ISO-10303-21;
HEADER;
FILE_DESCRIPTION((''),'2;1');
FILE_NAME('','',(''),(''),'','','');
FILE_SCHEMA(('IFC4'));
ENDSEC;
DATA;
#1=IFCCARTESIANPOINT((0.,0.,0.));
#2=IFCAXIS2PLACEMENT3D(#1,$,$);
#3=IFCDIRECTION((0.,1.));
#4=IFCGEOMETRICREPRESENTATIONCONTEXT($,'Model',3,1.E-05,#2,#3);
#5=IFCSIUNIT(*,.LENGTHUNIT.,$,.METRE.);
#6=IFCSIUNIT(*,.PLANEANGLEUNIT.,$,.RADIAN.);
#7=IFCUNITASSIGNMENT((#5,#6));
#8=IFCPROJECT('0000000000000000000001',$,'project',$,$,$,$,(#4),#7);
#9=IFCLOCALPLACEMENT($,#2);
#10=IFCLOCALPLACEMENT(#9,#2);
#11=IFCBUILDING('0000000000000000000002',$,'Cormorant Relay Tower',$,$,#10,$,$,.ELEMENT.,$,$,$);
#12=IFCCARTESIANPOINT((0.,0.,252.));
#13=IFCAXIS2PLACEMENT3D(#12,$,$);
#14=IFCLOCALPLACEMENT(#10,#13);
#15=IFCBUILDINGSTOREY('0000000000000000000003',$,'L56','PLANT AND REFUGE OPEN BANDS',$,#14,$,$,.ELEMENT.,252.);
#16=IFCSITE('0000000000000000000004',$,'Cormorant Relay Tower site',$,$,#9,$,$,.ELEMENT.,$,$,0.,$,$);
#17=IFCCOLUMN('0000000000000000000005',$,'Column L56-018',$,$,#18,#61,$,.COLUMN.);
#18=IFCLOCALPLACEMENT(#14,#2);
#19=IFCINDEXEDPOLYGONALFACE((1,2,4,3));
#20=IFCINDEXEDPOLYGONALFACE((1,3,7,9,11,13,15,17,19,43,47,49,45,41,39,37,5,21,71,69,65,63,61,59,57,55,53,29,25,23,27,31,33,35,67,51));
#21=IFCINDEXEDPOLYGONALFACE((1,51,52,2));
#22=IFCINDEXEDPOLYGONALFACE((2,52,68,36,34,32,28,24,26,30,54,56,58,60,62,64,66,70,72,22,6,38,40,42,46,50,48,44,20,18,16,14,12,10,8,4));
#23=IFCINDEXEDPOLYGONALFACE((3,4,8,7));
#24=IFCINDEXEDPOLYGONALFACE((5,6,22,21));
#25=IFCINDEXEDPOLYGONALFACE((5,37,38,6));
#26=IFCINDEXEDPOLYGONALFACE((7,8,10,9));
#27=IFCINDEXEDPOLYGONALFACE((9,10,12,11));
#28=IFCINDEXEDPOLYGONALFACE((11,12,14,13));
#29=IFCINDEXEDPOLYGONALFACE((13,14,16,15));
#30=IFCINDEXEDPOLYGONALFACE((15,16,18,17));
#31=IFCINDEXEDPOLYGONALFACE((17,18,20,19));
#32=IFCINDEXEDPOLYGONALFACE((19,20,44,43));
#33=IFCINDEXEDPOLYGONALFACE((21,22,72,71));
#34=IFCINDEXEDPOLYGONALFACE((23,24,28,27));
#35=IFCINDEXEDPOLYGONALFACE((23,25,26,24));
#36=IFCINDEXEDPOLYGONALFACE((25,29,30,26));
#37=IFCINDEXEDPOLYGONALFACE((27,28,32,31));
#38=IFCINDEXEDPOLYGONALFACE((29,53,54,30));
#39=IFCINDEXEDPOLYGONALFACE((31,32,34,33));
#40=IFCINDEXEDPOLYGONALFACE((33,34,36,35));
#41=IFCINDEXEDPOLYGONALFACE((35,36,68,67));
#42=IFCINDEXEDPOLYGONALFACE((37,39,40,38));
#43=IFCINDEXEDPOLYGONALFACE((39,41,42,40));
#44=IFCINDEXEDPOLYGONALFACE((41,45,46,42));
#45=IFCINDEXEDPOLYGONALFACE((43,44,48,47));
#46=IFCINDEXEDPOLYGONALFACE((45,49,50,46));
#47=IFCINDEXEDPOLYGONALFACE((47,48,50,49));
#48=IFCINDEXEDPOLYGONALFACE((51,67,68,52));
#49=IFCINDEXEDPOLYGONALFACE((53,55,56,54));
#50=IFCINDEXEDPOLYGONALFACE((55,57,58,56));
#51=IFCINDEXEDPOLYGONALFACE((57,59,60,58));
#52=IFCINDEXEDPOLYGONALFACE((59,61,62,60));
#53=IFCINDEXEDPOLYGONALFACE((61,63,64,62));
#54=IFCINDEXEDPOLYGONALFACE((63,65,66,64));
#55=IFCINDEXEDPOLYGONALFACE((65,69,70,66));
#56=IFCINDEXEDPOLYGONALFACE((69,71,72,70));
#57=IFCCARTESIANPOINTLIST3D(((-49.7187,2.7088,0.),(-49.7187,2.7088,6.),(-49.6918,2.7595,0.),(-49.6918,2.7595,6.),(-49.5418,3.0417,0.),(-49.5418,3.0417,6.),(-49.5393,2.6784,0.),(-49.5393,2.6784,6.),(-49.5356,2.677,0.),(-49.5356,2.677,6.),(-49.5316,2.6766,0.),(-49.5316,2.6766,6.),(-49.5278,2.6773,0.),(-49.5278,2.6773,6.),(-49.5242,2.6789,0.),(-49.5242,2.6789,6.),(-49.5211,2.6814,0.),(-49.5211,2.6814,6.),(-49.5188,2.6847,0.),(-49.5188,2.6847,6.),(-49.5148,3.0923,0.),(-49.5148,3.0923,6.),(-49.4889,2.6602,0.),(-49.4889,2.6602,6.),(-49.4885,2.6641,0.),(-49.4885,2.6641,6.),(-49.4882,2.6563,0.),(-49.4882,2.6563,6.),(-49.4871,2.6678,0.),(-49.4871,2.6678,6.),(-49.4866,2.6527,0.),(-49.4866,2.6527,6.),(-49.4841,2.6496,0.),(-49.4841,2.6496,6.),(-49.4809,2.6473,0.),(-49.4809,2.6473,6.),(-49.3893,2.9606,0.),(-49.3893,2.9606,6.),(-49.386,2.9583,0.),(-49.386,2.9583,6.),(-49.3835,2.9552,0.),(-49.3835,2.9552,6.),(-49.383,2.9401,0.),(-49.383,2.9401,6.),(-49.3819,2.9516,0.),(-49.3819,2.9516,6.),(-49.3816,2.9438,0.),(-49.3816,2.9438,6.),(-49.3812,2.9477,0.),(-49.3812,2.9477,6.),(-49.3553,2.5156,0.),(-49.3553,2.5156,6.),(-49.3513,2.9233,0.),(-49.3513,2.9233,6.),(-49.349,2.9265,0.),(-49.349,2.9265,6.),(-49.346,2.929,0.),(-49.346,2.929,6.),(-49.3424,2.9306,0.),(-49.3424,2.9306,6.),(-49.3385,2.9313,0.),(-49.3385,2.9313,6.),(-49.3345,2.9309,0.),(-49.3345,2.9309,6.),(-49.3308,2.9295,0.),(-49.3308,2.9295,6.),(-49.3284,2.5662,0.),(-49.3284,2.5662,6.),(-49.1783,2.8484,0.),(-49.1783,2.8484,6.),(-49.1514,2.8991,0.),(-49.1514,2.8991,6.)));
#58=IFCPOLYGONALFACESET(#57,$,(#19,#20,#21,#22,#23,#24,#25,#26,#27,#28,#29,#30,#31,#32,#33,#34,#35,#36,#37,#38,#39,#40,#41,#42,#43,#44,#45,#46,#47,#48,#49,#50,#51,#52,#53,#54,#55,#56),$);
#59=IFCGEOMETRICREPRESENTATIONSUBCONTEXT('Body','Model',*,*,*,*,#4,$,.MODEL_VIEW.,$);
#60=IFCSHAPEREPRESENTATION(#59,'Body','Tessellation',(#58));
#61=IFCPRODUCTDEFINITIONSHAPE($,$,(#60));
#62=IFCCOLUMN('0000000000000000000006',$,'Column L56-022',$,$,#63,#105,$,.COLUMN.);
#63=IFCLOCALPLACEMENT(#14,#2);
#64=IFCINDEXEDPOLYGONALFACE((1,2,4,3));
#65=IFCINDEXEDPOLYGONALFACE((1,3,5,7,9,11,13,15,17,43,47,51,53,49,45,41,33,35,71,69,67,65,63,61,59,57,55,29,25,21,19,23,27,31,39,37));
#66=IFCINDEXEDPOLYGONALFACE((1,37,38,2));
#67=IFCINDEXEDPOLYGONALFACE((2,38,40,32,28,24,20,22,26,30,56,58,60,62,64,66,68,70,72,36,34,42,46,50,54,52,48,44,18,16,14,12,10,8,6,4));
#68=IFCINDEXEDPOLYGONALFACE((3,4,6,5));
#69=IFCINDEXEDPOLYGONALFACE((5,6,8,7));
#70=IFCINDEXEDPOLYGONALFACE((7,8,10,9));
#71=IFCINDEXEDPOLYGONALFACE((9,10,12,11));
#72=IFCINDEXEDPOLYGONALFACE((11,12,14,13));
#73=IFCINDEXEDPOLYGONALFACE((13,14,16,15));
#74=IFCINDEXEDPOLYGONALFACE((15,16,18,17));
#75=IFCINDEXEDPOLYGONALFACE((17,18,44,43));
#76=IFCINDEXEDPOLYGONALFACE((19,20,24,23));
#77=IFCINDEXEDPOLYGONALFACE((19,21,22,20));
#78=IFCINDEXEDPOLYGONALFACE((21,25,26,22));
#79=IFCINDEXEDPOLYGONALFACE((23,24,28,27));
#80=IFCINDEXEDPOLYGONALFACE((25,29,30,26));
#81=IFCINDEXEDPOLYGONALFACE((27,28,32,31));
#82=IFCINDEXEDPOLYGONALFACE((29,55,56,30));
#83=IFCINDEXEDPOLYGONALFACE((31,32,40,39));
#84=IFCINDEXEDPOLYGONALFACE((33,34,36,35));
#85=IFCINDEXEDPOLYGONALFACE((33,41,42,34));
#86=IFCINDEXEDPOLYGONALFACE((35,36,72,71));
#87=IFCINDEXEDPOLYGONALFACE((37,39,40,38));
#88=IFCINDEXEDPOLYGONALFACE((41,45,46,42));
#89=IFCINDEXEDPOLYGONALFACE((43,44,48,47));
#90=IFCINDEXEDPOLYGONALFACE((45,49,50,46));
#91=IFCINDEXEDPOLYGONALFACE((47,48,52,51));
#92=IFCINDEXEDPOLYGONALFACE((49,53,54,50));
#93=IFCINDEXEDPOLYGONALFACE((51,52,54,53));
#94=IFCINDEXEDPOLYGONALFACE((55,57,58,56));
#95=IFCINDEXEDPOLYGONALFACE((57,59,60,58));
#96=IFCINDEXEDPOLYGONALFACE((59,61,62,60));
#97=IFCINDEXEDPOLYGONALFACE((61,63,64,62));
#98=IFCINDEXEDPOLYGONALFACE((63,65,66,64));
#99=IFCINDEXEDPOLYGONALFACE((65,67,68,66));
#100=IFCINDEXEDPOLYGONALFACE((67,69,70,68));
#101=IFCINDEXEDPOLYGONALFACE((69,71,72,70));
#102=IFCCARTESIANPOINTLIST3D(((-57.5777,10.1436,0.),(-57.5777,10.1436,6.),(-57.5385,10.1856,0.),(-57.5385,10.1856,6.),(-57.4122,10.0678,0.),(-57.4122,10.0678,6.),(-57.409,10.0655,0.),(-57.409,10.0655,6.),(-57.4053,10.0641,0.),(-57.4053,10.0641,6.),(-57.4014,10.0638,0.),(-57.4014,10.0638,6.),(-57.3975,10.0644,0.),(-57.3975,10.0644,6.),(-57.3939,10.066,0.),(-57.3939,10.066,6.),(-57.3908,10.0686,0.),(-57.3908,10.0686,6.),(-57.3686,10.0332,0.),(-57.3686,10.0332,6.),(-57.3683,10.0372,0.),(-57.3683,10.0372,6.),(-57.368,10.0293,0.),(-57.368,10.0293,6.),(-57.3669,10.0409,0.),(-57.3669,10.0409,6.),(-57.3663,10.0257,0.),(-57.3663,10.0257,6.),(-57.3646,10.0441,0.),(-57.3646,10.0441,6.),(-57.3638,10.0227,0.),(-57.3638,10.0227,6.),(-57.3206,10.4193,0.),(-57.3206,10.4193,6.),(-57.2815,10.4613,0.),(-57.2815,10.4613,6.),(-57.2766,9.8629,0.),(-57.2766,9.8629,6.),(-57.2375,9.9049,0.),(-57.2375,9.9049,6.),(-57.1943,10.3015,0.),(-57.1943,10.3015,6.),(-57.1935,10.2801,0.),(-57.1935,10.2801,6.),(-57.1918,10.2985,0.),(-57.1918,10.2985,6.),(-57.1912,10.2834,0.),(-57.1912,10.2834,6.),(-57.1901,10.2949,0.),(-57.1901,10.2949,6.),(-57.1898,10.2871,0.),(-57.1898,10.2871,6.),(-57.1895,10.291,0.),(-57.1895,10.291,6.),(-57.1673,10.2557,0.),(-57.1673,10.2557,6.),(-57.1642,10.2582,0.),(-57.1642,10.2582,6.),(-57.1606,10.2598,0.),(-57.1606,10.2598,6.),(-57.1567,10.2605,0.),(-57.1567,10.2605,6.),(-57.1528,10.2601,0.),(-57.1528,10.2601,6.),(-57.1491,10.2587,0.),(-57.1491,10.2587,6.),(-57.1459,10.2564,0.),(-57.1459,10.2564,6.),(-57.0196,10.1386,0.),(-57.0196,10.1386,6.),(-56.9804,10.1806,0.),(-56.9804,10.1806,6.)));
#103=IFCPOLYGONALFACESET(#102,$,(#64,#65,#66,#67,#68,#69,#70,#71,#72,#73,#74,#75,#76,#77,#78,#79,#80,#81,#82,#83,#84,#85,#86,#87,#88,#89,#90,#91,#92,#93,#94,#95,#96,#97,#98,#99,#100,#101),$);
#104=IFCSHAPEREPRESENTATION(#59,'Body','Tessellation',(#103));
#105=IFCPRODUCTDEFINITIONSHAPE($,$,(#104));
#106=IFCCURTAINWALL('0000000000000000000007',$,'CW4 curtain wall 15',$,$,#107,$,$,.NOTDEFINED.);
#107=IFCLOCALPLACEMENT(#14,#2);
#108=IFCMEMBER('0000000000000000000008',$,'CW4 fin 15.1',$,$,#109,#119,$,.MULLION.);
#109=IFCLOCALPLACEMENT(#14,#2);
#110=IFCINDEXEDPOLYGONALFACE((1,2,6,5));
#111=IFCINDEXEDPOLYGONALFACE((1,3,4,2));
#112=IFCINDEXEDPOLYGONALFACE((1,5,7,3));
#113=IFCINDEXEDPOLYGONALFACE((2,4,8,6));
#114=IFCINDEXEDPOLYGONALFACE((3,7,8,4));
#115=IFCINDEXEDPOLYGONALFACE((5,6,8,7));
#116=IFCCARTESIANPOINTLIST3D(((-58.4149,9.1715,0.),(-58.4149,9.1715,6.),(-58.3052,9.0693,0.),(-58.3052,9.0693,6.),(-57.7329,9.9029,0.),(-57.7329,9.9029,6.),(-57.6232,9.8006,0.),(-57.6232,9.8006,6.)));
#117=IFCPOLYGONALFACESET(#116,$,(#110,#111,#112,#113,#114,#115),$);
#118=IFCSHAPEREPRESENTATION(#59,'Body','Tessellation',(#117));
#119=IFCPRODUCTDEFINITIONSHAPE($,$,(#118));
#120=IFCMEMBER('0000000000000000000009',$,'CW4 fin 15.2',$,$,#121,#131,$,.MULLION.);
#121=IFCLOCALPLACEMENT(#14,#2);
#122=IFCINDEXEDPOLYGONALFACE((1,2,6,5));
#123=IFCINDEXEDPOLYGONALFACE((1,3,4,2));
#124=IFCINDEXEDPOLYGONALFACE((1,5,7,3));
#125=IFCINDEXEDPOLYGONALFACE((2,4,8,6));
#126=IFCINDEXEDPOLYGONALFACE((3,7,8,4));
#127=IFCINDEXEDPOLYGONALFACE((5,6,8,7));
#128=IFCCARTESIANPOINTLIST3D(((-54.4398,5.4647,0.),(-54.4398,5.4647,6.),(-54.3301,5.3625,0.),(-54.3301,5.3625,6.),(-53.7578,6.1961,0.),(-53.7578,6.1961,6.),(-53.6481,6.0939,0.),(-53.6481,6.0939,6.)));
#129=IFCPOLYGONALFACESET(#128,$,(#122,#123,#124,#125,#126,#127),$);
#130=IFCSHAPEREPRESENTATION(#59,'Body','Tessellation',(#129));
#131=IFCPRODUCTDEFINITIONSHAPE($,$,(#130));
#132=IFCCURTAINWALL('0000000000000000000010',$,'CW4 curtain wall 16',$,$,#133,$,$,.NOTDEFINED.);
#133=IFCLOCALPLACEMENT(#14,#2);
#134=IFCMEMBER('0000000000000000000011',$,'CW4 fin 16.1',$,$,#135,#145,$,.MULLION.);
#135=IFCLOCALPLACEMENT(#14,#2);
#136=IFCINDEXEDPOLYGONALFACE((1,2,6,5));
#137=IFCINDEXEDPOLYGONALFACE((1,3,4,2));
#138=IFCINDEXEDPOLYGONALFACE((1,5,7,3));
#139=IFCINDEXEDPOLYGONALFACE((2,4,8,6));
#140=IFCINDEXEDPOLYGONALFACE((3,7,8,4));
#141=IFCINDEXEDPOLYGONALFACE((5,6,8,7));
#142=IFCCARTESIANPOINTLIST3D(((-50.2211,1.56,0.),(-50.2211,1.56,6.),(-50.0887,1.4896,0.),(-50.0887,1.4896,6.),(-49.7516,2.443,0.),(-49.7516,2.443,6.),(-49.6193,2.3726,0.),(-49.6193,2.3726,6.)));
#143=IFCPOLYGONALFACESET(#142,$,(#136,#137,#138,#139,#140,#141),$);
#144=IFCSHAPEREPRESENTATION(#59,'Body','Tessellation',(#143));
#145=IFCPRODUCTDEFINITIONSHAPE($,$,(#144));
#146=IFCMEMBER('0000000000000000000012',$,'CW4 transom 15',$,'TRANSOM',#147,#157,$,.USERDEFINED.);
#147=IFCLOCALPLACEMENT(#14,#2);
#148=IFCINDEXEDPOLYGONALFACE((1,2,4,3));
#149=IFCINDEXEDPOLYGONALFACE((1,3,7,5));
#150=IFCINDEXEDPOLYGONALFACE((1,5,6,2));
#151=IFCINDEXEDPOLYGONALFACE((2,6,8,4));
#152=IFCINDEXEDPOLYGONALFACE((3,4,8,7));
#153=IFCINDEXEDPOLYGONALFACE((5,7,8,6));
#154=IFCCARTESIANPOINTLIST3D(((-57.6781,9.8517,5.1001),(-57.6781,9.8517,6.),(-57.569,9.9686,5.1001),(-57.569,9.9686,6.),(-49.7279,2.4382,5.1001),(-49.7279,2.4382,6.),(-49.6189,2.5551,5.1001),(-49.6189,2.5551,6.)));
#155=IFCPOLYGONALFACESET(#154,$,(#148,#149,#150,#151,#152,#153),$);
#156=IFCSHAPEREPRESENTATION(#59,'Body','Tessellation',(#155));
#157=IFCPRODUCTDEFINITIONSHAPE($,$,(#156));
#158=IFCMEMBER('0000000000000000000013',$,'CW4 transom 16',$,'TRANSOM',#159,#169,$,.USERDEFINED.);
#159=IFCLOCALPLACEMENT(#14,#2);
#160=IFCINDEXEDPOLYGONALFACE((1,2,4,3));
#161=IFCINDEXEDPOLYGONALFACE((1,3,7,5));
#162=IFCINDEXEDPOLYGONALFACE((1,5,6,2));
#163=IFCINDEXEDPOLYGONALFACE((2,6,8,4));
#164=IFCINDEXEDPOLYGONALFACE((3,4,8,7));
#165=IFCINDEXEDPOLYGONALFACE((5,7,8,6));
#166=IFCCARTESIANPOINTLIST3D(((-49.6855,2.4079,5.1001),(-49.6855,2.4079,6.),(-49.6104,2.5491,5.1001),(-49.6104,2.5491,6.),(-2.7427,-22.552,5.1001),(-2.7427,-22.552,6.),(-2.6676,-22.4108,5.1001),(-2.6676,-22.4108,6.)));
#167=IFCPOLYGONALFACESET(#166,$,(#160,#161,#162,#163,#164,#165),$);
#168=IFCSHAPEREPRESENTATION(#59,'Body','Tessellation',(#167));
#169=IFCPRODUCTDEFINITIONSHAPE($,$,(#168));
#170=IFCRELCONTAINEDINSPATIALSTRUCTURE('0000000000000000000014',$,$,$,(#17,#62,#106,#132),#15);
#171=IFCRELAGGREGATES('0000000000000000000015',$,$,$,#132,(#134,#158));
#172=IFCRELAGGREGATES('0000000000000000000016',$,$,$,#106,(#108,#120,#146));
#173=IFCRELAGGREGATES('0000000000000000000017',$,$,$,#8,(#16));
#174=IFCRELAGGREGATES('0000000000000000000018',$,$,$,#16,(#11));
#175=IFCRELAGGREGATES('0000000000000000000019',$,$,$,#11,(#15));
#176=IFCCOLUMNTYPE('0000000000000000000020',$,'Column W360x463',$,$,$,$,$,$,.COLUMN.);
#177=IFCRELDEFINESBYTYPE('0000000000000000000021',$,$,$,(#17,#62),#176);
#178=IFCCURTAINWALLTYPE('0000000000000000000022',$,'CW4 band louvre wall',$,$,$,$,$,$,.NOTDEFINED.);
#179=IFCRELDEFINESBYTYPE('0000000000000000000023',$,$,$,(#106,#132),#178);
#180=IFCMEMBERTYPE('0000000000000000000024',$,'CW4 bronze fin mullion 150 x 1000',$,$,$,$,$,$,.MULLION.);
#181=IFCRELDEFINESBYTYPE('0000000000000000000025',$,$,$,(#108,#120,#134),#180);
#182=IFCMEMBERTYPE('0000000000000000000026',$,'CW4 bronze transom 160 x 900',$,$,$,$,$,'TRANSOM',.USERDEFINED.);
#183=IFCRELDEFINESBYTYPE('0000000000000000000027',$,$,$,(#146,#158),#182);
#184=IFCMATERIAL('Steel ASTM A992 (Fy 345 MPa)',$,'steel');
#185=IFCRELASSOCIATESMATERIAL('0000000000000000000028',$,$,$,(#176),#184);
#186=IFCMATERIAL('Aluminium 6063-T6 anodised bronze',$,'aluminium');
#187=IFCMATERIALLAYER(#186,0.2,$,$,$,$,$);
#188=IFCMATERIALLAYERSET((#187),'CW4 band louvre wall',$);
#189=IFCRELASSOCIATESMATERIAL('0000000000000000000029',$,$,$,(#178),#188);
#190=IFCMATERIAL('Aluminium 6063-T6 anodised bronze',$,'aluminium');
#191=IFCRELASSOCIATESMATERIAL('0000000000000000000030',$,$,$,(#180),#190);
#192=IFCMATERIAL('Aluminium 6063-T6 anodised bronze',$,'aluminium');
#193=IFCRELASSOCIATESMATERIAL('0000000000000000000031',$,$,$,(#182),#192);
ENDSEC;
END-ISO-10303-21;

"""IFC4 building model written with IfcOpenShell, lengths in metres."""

from ifc_helpers import new_model, si_unit, direction, frame, origin, origin_2d, place, context, subcontext, project, spatial, rectangle, i_section, extrude, material, layer, layer_set, material_profile, profile_set, type_object, element, aggregate, save


model = new_model("IFC4")

# Units and contexts
model_context = context("Model", 3, precision=1e-05, world=origin(), true_north=direction((0.0, 1.0)))
body_context = subcontext(model_context, "Body", "Model", "MODEL_VIEW")
ifc_project = project(units=[si_unit("LENGTHUNIT", "METRE"), si_unit("PLANEANGLEUNIT", "RADIAN")], contexts=[model_context])

# Site, building, storey
site_placement = place(None, origin())
site = spatial("IfcSite", under=ifc_project, at=site_placement, Name="Cormorant Relay Tower site", CompositionType="ELEMENT", RefElevation=0.0)
building_placement = place(site_placement, origin())
building = spatial("IfcBuilding", under=site, at=building_placement, Name="Cormorant Relay Tower", CompositionType="ELEMENT")
storey_placement = place(building_placement, frame((0.0, 0.0, 252.0)))
storey = spatial("IfcBuildingStorey", under=building, at=storey_placement, Name="L56", Description="PLANT AND REFUGE OPEN BANDS", CompositionType="ELEMENT", Elevation=252.0)

# Columns
ifc_material_1 = material(Name="Steel ASTM A992 (Fy 345 MPa)", Category="steel")
ifc_material_profile_1 = material_profile(ifc_material_1, i_section(OverallWidth=0.4116, OverallDepth=0.4343, WebThickness=0.0359, FlangeThickness=0.0574, FilletRadius=0.0151, at=origin_2d()), Name="W360x463")
ifc_profile_set_1 = profile_set([ifc_material_profile_1], Name="Steel ASTM A992 (Fy 345 MPa)")
column_type = type_object("IfcColumnType", Name="Column W360x463", PredefinedType="COLUMN", material=ifc_profile_set_1)
for number, where, z_axis, x_axis, name in (
    (1, (-49.4351, 2.804, 0.0), (0.0, 0.0, 1.0), (0.882948, -0.469472, 0.0), "Column L56-018"),
    (2, (-57.2791, 10.1621, 0.0), (0.0, 0.0, 1.0), (0.731354, -0.681998, 0.0), "Column L56-022"),
):
    element("IfcColumn", number, at=place(storey_placement, frame(where, z_axis=z_axis, x_axis=x_axis)), inside=storey, type_object=column_type, Name=name, PredefinedType="COLUMN", context=body_context, shape_type="SweptSolid", body=[
        extrude(i_section(OverallWidth=0.4116, OverallDepth=0.4343, WebThickness=0.0359, FlangeThickness=0.0574, FilletRadius=0.0151, at=origin_2d()), origin(), (0.0, 0.0, 1.0), 6.0),
    ])

# Curtain wall, members
ifc_material_2 = material(Name="Aluminium 6063-T6 anodised bronze", Category="aluminium")
ifc_layer_1 = layer(ifc_material_2, 0.2)
ifc_layer_set_1 = layer_set([ifc_layer_1], Name="CW4 band louvre wall")
curtain_wall_type = type_object("IfcCurtainWallType", Name="CW4 band louvre wall", PredefinedType="NOTDEFINED", material=ifc_layer_set_1)
curtain_wall_1_placement = place(storey_placement, origin())
curtain_wall_1 = element("IfcCurtainWall", 3, at=curtain_wall_1_placement, inside=storey, type_object=curtain_wall_type, Name="CW4 curtain wall 15", PredefinedType="NOTDEFINED")
ifc_material_3 = material(Name="Aluminium 6063-T6 anodised bronze", Category="aluminium")
ifc_material_profile_2 = material_profile(ifc_material_3, rectangle(XDim=0.1499, YDim=1.0, at=origin_2d()), Name="AL 150x1000")
ifc_profile_set_2 = profile_set([ifc_material_profile_2], Name="Aluminium 6063-T6 anodised bronze")
member_type_1 = type_object("IfcMemberType", Name="CW4 bronze fin mullion 150 x 1000", PredefinedType="MULLION", material=ifc_profile_set_2)
member_1_placement = place(storey_placement, frame((-58.019, 9.4861, 0.0), z_axis=(0.0, 0.0, 1.0), x_axis=(0.731354, -0.681998, 0.0)))
member_1 = element("IfcMember", 4, at=member_1_placement, type_object=member_type_1, Name="CW4 fin 15.1", PredefinedType="MULLION", context=body_context, shape_type="SweptSolid", body=[
    extrude(rectangle(XDim=0.1499, YDim=1.0, at=origin_2d()), origin(), (0.0, 0.0, 1.0), 6.0),
])
member_2_placement = place(storey_placement, frame((-54.0439, 5.7793, 0.0), z_axis=(0.0, 0.0, 1.0), x_axis=(0.731354, -0.681998, 0.0)))
member_2 = element("IfcMember", 5, at=member_2_placement, type_object=member_type_1, Name="CW4 fin 15.2", PredefinedType="MULLION", context=body_context, shape_type="SweptSolid", body=[
    extrude(rectangle(XDim=0.1499, YDim=1.0, at=origin_2d()), origin(), (0.0, 0.0, 1.0), 6.0),
])

# Curtain wall, member
curtain_wall_2_placement = place(storey_placement, origin())
curtain_wall_2 = element("IfcCurtainWall", 6, at=curtain_wall_2_placement, inside=storey, type_object=curtain_wall_type, Name="CW4 curtain wall 16", PredefinedType="NOTDEFINED")
member_3_placement = place(storey_placement, frame((-49.9202, 1.9663, 0.0), z_axis=(0.0, 0.0, 1.0), x_axis=(0.882948, -0.469472, 0.0)))
member_3 = element("IfcMember", 7, at=member_3_placement, type_object=member_type_1, Name="CW4 fin 16.1", PredefinedType="MULLION", context=body_context, shape_type="SweptSolid", body=[
    extrude(rectangle(XDim=0.1499, YDim=1.0, at=origin_2d()), origin(), (0.0, 0.0, 1.0), 6.0),
])

# Members
ifc_material_4 = material(Name="Aluminium 6063-T6 anodised bronze", Category="aluminium")
ifc_material_profile_3 = material_profile(ifc_material_4, rectangle(XDim=0.1599, YDim=0.8999, at=origin_2d()), Name="AL 160x900")
ifc_profile_set_3 = profile_set([ifc_material_profile_3], Name="Aluminium 6063-T6 anodised bronze")
member_type_2 = type_object("IfcMemberType", Name="CW4 bronze transom 160 x 900", ElementType="TRANSOM", PredefinedType="USERDEFINED", material=ifc_profile_set_3)
member_4_placement = place(storey_placement, frame((-57.6235, 9.9102, 5.55), z_axis=(0.731358, -0.681993, 0.0), x_axis=(0.681993, 0.731358, 0.0)))
member_4 = element("IfcMember", 8, at=member_4_placement, type_object=member_type_2, Name="CW4 transom 15", ObjectType="TRANSOM", PredefinedType="USERDEFINED", context=body_context, shape_type="SweptSolid", body=[
    extrude(rectangle(XDim=0.1599, YDim=0.8999, at=origin_2d()), origin(), (0.0, 0.0, 1.0), 10.8704),
])
member_5_placement = place(storey_placement, frame((-49.6479, 2.4785, 5.55), z_axis=(0.882948, -0.469471, 0.0), x_axis=(0.469471, 0.882948, 0.0)))
member_5 = element("IfcMember", 9, at=member_5_placement, type_object=member_type_2, Name="CW4 transom 16", ObjectType="TRANSOM", PredefinedType="USERDEFINED", context=body_context, shape_type="SweptSolid", body=[
    extrude(rectangle(XDim=0.1599, YDim=0.8999, at=origin_2d()), origin(), (0.0, 0.0, 1.0), 53.166),
])
aggregate(curtain_wall_2, [member_3, member_5])

aggregate(curtain_wall_1, [member_1, member_2, member_4])

save(model, "model.ifc")
